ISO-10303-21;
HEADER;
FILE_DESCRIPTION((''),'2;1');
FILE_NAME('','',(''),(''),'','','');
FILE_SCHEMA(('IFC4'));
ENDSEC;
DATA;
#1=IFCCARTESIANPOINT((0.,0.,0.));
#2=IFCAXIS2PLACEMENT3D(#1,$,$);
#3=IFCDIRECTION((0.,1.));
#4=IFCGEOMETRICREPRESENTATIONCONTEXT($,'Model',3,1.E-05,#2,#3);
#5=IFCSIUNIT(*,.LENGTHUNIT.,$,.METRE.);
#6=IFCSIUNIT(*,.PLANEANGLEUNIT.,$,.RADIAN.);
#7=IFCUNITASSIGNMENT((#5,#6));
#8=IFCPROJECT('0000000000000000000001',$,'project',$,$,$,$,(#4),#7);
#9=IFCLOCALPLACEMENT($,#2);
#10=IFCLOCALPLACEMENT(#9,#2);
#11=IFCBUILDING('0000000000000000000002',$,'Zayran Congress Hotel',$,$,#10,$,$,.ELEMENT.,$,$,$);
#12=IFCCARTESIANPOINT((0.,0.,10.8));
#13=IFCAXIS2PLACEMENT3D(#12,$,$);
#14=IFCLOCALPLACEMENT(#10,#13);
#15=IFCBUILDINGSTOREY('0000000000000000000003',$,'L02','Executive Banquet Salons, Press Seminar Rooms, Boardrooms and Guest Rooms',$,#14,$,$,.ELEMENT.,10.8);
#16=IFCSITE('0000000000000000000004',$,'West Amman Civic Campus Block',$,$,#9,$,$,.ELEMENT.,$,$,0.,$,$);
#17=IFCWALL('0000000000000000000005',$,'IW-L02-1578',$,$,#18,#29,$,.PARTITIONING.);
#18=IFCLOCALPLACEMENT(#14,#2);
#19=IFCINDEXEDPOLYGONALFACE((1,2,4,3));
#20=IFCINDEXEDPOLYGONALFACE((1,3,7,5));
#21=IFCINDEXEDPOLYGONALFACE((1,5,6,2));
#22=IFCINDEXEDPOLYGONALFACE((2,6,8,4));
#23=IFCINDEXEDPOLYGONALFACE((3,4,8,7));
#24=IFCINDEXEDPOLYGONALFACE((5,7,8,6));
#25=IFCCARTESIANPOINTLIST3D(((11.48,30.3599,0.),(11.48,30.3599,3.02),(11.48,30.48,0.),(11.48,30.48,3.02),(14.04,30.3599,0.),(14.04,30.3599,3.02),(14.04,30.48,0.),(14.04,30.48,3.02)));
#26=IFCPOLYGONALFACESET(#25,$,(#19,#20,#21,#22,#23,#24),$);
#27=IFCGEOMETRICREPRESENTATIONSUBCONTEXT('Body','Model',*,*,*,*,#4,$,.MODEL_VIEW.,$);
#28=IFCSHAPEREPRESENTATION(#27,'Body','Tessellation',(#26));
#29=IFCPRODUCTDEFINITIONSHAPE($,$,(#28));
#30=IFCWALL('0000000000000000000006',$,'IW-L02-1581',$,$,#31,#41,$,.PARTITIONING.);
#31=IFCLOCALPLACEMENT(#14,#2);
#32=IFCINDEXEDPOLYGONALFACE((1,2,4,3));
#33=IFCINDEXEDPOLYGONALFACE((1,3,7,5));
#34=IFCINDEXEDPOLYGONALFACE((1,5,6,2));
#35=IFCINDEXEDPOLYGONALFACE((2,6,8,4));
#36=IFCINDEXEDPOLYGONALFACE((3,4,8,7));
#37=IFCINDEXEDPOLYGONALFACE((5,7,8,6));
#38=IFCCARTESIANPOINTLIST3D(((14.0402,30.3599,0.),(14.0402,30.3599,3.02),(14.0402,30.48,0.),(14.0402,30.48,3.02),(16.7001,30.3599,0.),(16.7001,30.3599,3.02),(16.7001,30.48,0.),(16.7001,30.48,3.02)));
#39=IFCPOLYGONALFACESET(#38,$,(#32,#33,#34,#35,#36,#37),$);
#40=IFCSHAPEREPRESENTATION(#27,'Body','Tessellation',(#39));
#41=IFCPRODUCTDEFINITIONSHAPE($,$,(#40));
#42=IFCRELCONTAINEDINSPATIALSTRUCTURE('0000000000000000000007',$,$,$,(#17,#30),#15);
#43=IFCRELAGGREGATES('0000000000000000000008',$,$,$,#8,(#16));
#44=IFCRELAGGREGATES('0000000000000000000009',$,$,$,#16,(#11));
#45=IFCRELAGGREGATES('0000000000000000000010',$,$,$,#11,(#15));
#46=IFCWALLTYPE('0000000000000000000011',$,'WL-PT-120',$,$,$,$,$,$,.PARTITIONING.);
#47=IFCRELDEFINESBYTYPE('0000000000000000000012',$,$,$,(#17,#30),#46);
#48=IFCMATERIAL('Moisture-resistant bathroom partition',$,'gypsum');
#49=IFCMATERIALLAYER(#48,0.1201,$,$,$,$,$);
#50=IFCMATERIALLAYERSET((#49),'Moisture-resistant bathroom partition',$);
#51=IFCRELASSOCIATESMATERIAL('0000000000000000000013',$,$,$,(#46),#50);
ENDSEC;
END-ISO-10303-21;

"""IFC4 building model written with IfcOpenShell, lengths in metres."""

from ifc_helpers import new_model, si_unit, direction, frame, frame_2d, origin, place, context, subcontext, project, spatial, rectangle, extrude, material, layer, layer_set, type_object, element, save


model = new_model("IFC4")

# Units and contexts
model_context = context("Model", 3, precision=1e-05, world=origin(), true_north=direction((0.0, 1.0)))
body_context = subcontext(model_context, "Body", "Model", "MODEL_VIEW")
ifc_project = project(units=[si_unit("LENGTHUNIT", "METRE"), si_unit("PLANEANGLEUNIT", "RADIAN")], contexts=[model_context])

# Site, building, storey
site_placement = place(None, origin())
site = spatial("IfcSite", under=ifc_project, at=site_placement, Name="West Amman Civic Campus Block", CompositionType="ELEMENT", RefElevation=0.0)
building_placement = place(site_placement, origin())
building = spatial("IfcBuilding", under=site, at=building_placement, Name="Zayran Congress Hotel", CompositionType="ELEMENT")
storey_placement = place(building_placement, frame((0.0, 0.0, 10.8)))
storey = spatial("IfcBuildingStorey", under=building, at=storey_placement, Name="L02", Description="Executive Banquet Salons, Press Seminar Rooms, Boardrooms and Guest Rooms", CompositionType="ELEMENT", Elevation=10.8)

# Walls
ifc_material_1 = material(Name="Moisture-resistant bathroom partition", Category="gypsum")
ifc_layer_1 = layer(ifc_material_1, 0.1201)
ifc_layer_set_1 = layer_set([ifc_layer_1], Name="Moisture-resistant bathroom partition")
wall_type = type_object("IfcWallType", Name="WL-PT-120", PredefinedType="PARTITIONING", material=ifc_layer_set_1)
wall_1_placement = place(storey_placement, frame((11.48, 30.4199, 0.0), z_axis=(0.0, 0.0, 1.0), x_axis=(1.0, 0.0, 0.0)))
element("IfcWall", 1, at=wall_1_placement, inside=storey, type_object=wall_type, Name="IW-L02-1578", PredefinedType="PARTITIONING", context=body_context, shape_type="SweptSolid", body=[
    extrude(rectangle(XDim=2.5601, YDim=0.1201, at=frame_2d((1.28, 0.0))), origin(), (0.0, 0.0, 1.0), 3.02),
])
wall_2_placement = place(storey_placement, frame((14.04, 30.4199, 0.0), z_axis=(0.0, 0.0, 1.0), x_axis=(1.0, 0.0, 0.0)))
element("IfcWall", 2, at=wall_2_placement, inside=storey, type_object=wall_type, Name="IW-L02-1581", PredefinedType="PARTITIONING", context=body_context, shape_type="SweptSolid", body=[
    extrude(rectangle(XDim=2.6599, YDim=0.1201, at=frame_2d((1.3301, 0.0))), origin(), (0.0, 0.0, 1.0), 3.02),
])

save(model, "model.ifc")
